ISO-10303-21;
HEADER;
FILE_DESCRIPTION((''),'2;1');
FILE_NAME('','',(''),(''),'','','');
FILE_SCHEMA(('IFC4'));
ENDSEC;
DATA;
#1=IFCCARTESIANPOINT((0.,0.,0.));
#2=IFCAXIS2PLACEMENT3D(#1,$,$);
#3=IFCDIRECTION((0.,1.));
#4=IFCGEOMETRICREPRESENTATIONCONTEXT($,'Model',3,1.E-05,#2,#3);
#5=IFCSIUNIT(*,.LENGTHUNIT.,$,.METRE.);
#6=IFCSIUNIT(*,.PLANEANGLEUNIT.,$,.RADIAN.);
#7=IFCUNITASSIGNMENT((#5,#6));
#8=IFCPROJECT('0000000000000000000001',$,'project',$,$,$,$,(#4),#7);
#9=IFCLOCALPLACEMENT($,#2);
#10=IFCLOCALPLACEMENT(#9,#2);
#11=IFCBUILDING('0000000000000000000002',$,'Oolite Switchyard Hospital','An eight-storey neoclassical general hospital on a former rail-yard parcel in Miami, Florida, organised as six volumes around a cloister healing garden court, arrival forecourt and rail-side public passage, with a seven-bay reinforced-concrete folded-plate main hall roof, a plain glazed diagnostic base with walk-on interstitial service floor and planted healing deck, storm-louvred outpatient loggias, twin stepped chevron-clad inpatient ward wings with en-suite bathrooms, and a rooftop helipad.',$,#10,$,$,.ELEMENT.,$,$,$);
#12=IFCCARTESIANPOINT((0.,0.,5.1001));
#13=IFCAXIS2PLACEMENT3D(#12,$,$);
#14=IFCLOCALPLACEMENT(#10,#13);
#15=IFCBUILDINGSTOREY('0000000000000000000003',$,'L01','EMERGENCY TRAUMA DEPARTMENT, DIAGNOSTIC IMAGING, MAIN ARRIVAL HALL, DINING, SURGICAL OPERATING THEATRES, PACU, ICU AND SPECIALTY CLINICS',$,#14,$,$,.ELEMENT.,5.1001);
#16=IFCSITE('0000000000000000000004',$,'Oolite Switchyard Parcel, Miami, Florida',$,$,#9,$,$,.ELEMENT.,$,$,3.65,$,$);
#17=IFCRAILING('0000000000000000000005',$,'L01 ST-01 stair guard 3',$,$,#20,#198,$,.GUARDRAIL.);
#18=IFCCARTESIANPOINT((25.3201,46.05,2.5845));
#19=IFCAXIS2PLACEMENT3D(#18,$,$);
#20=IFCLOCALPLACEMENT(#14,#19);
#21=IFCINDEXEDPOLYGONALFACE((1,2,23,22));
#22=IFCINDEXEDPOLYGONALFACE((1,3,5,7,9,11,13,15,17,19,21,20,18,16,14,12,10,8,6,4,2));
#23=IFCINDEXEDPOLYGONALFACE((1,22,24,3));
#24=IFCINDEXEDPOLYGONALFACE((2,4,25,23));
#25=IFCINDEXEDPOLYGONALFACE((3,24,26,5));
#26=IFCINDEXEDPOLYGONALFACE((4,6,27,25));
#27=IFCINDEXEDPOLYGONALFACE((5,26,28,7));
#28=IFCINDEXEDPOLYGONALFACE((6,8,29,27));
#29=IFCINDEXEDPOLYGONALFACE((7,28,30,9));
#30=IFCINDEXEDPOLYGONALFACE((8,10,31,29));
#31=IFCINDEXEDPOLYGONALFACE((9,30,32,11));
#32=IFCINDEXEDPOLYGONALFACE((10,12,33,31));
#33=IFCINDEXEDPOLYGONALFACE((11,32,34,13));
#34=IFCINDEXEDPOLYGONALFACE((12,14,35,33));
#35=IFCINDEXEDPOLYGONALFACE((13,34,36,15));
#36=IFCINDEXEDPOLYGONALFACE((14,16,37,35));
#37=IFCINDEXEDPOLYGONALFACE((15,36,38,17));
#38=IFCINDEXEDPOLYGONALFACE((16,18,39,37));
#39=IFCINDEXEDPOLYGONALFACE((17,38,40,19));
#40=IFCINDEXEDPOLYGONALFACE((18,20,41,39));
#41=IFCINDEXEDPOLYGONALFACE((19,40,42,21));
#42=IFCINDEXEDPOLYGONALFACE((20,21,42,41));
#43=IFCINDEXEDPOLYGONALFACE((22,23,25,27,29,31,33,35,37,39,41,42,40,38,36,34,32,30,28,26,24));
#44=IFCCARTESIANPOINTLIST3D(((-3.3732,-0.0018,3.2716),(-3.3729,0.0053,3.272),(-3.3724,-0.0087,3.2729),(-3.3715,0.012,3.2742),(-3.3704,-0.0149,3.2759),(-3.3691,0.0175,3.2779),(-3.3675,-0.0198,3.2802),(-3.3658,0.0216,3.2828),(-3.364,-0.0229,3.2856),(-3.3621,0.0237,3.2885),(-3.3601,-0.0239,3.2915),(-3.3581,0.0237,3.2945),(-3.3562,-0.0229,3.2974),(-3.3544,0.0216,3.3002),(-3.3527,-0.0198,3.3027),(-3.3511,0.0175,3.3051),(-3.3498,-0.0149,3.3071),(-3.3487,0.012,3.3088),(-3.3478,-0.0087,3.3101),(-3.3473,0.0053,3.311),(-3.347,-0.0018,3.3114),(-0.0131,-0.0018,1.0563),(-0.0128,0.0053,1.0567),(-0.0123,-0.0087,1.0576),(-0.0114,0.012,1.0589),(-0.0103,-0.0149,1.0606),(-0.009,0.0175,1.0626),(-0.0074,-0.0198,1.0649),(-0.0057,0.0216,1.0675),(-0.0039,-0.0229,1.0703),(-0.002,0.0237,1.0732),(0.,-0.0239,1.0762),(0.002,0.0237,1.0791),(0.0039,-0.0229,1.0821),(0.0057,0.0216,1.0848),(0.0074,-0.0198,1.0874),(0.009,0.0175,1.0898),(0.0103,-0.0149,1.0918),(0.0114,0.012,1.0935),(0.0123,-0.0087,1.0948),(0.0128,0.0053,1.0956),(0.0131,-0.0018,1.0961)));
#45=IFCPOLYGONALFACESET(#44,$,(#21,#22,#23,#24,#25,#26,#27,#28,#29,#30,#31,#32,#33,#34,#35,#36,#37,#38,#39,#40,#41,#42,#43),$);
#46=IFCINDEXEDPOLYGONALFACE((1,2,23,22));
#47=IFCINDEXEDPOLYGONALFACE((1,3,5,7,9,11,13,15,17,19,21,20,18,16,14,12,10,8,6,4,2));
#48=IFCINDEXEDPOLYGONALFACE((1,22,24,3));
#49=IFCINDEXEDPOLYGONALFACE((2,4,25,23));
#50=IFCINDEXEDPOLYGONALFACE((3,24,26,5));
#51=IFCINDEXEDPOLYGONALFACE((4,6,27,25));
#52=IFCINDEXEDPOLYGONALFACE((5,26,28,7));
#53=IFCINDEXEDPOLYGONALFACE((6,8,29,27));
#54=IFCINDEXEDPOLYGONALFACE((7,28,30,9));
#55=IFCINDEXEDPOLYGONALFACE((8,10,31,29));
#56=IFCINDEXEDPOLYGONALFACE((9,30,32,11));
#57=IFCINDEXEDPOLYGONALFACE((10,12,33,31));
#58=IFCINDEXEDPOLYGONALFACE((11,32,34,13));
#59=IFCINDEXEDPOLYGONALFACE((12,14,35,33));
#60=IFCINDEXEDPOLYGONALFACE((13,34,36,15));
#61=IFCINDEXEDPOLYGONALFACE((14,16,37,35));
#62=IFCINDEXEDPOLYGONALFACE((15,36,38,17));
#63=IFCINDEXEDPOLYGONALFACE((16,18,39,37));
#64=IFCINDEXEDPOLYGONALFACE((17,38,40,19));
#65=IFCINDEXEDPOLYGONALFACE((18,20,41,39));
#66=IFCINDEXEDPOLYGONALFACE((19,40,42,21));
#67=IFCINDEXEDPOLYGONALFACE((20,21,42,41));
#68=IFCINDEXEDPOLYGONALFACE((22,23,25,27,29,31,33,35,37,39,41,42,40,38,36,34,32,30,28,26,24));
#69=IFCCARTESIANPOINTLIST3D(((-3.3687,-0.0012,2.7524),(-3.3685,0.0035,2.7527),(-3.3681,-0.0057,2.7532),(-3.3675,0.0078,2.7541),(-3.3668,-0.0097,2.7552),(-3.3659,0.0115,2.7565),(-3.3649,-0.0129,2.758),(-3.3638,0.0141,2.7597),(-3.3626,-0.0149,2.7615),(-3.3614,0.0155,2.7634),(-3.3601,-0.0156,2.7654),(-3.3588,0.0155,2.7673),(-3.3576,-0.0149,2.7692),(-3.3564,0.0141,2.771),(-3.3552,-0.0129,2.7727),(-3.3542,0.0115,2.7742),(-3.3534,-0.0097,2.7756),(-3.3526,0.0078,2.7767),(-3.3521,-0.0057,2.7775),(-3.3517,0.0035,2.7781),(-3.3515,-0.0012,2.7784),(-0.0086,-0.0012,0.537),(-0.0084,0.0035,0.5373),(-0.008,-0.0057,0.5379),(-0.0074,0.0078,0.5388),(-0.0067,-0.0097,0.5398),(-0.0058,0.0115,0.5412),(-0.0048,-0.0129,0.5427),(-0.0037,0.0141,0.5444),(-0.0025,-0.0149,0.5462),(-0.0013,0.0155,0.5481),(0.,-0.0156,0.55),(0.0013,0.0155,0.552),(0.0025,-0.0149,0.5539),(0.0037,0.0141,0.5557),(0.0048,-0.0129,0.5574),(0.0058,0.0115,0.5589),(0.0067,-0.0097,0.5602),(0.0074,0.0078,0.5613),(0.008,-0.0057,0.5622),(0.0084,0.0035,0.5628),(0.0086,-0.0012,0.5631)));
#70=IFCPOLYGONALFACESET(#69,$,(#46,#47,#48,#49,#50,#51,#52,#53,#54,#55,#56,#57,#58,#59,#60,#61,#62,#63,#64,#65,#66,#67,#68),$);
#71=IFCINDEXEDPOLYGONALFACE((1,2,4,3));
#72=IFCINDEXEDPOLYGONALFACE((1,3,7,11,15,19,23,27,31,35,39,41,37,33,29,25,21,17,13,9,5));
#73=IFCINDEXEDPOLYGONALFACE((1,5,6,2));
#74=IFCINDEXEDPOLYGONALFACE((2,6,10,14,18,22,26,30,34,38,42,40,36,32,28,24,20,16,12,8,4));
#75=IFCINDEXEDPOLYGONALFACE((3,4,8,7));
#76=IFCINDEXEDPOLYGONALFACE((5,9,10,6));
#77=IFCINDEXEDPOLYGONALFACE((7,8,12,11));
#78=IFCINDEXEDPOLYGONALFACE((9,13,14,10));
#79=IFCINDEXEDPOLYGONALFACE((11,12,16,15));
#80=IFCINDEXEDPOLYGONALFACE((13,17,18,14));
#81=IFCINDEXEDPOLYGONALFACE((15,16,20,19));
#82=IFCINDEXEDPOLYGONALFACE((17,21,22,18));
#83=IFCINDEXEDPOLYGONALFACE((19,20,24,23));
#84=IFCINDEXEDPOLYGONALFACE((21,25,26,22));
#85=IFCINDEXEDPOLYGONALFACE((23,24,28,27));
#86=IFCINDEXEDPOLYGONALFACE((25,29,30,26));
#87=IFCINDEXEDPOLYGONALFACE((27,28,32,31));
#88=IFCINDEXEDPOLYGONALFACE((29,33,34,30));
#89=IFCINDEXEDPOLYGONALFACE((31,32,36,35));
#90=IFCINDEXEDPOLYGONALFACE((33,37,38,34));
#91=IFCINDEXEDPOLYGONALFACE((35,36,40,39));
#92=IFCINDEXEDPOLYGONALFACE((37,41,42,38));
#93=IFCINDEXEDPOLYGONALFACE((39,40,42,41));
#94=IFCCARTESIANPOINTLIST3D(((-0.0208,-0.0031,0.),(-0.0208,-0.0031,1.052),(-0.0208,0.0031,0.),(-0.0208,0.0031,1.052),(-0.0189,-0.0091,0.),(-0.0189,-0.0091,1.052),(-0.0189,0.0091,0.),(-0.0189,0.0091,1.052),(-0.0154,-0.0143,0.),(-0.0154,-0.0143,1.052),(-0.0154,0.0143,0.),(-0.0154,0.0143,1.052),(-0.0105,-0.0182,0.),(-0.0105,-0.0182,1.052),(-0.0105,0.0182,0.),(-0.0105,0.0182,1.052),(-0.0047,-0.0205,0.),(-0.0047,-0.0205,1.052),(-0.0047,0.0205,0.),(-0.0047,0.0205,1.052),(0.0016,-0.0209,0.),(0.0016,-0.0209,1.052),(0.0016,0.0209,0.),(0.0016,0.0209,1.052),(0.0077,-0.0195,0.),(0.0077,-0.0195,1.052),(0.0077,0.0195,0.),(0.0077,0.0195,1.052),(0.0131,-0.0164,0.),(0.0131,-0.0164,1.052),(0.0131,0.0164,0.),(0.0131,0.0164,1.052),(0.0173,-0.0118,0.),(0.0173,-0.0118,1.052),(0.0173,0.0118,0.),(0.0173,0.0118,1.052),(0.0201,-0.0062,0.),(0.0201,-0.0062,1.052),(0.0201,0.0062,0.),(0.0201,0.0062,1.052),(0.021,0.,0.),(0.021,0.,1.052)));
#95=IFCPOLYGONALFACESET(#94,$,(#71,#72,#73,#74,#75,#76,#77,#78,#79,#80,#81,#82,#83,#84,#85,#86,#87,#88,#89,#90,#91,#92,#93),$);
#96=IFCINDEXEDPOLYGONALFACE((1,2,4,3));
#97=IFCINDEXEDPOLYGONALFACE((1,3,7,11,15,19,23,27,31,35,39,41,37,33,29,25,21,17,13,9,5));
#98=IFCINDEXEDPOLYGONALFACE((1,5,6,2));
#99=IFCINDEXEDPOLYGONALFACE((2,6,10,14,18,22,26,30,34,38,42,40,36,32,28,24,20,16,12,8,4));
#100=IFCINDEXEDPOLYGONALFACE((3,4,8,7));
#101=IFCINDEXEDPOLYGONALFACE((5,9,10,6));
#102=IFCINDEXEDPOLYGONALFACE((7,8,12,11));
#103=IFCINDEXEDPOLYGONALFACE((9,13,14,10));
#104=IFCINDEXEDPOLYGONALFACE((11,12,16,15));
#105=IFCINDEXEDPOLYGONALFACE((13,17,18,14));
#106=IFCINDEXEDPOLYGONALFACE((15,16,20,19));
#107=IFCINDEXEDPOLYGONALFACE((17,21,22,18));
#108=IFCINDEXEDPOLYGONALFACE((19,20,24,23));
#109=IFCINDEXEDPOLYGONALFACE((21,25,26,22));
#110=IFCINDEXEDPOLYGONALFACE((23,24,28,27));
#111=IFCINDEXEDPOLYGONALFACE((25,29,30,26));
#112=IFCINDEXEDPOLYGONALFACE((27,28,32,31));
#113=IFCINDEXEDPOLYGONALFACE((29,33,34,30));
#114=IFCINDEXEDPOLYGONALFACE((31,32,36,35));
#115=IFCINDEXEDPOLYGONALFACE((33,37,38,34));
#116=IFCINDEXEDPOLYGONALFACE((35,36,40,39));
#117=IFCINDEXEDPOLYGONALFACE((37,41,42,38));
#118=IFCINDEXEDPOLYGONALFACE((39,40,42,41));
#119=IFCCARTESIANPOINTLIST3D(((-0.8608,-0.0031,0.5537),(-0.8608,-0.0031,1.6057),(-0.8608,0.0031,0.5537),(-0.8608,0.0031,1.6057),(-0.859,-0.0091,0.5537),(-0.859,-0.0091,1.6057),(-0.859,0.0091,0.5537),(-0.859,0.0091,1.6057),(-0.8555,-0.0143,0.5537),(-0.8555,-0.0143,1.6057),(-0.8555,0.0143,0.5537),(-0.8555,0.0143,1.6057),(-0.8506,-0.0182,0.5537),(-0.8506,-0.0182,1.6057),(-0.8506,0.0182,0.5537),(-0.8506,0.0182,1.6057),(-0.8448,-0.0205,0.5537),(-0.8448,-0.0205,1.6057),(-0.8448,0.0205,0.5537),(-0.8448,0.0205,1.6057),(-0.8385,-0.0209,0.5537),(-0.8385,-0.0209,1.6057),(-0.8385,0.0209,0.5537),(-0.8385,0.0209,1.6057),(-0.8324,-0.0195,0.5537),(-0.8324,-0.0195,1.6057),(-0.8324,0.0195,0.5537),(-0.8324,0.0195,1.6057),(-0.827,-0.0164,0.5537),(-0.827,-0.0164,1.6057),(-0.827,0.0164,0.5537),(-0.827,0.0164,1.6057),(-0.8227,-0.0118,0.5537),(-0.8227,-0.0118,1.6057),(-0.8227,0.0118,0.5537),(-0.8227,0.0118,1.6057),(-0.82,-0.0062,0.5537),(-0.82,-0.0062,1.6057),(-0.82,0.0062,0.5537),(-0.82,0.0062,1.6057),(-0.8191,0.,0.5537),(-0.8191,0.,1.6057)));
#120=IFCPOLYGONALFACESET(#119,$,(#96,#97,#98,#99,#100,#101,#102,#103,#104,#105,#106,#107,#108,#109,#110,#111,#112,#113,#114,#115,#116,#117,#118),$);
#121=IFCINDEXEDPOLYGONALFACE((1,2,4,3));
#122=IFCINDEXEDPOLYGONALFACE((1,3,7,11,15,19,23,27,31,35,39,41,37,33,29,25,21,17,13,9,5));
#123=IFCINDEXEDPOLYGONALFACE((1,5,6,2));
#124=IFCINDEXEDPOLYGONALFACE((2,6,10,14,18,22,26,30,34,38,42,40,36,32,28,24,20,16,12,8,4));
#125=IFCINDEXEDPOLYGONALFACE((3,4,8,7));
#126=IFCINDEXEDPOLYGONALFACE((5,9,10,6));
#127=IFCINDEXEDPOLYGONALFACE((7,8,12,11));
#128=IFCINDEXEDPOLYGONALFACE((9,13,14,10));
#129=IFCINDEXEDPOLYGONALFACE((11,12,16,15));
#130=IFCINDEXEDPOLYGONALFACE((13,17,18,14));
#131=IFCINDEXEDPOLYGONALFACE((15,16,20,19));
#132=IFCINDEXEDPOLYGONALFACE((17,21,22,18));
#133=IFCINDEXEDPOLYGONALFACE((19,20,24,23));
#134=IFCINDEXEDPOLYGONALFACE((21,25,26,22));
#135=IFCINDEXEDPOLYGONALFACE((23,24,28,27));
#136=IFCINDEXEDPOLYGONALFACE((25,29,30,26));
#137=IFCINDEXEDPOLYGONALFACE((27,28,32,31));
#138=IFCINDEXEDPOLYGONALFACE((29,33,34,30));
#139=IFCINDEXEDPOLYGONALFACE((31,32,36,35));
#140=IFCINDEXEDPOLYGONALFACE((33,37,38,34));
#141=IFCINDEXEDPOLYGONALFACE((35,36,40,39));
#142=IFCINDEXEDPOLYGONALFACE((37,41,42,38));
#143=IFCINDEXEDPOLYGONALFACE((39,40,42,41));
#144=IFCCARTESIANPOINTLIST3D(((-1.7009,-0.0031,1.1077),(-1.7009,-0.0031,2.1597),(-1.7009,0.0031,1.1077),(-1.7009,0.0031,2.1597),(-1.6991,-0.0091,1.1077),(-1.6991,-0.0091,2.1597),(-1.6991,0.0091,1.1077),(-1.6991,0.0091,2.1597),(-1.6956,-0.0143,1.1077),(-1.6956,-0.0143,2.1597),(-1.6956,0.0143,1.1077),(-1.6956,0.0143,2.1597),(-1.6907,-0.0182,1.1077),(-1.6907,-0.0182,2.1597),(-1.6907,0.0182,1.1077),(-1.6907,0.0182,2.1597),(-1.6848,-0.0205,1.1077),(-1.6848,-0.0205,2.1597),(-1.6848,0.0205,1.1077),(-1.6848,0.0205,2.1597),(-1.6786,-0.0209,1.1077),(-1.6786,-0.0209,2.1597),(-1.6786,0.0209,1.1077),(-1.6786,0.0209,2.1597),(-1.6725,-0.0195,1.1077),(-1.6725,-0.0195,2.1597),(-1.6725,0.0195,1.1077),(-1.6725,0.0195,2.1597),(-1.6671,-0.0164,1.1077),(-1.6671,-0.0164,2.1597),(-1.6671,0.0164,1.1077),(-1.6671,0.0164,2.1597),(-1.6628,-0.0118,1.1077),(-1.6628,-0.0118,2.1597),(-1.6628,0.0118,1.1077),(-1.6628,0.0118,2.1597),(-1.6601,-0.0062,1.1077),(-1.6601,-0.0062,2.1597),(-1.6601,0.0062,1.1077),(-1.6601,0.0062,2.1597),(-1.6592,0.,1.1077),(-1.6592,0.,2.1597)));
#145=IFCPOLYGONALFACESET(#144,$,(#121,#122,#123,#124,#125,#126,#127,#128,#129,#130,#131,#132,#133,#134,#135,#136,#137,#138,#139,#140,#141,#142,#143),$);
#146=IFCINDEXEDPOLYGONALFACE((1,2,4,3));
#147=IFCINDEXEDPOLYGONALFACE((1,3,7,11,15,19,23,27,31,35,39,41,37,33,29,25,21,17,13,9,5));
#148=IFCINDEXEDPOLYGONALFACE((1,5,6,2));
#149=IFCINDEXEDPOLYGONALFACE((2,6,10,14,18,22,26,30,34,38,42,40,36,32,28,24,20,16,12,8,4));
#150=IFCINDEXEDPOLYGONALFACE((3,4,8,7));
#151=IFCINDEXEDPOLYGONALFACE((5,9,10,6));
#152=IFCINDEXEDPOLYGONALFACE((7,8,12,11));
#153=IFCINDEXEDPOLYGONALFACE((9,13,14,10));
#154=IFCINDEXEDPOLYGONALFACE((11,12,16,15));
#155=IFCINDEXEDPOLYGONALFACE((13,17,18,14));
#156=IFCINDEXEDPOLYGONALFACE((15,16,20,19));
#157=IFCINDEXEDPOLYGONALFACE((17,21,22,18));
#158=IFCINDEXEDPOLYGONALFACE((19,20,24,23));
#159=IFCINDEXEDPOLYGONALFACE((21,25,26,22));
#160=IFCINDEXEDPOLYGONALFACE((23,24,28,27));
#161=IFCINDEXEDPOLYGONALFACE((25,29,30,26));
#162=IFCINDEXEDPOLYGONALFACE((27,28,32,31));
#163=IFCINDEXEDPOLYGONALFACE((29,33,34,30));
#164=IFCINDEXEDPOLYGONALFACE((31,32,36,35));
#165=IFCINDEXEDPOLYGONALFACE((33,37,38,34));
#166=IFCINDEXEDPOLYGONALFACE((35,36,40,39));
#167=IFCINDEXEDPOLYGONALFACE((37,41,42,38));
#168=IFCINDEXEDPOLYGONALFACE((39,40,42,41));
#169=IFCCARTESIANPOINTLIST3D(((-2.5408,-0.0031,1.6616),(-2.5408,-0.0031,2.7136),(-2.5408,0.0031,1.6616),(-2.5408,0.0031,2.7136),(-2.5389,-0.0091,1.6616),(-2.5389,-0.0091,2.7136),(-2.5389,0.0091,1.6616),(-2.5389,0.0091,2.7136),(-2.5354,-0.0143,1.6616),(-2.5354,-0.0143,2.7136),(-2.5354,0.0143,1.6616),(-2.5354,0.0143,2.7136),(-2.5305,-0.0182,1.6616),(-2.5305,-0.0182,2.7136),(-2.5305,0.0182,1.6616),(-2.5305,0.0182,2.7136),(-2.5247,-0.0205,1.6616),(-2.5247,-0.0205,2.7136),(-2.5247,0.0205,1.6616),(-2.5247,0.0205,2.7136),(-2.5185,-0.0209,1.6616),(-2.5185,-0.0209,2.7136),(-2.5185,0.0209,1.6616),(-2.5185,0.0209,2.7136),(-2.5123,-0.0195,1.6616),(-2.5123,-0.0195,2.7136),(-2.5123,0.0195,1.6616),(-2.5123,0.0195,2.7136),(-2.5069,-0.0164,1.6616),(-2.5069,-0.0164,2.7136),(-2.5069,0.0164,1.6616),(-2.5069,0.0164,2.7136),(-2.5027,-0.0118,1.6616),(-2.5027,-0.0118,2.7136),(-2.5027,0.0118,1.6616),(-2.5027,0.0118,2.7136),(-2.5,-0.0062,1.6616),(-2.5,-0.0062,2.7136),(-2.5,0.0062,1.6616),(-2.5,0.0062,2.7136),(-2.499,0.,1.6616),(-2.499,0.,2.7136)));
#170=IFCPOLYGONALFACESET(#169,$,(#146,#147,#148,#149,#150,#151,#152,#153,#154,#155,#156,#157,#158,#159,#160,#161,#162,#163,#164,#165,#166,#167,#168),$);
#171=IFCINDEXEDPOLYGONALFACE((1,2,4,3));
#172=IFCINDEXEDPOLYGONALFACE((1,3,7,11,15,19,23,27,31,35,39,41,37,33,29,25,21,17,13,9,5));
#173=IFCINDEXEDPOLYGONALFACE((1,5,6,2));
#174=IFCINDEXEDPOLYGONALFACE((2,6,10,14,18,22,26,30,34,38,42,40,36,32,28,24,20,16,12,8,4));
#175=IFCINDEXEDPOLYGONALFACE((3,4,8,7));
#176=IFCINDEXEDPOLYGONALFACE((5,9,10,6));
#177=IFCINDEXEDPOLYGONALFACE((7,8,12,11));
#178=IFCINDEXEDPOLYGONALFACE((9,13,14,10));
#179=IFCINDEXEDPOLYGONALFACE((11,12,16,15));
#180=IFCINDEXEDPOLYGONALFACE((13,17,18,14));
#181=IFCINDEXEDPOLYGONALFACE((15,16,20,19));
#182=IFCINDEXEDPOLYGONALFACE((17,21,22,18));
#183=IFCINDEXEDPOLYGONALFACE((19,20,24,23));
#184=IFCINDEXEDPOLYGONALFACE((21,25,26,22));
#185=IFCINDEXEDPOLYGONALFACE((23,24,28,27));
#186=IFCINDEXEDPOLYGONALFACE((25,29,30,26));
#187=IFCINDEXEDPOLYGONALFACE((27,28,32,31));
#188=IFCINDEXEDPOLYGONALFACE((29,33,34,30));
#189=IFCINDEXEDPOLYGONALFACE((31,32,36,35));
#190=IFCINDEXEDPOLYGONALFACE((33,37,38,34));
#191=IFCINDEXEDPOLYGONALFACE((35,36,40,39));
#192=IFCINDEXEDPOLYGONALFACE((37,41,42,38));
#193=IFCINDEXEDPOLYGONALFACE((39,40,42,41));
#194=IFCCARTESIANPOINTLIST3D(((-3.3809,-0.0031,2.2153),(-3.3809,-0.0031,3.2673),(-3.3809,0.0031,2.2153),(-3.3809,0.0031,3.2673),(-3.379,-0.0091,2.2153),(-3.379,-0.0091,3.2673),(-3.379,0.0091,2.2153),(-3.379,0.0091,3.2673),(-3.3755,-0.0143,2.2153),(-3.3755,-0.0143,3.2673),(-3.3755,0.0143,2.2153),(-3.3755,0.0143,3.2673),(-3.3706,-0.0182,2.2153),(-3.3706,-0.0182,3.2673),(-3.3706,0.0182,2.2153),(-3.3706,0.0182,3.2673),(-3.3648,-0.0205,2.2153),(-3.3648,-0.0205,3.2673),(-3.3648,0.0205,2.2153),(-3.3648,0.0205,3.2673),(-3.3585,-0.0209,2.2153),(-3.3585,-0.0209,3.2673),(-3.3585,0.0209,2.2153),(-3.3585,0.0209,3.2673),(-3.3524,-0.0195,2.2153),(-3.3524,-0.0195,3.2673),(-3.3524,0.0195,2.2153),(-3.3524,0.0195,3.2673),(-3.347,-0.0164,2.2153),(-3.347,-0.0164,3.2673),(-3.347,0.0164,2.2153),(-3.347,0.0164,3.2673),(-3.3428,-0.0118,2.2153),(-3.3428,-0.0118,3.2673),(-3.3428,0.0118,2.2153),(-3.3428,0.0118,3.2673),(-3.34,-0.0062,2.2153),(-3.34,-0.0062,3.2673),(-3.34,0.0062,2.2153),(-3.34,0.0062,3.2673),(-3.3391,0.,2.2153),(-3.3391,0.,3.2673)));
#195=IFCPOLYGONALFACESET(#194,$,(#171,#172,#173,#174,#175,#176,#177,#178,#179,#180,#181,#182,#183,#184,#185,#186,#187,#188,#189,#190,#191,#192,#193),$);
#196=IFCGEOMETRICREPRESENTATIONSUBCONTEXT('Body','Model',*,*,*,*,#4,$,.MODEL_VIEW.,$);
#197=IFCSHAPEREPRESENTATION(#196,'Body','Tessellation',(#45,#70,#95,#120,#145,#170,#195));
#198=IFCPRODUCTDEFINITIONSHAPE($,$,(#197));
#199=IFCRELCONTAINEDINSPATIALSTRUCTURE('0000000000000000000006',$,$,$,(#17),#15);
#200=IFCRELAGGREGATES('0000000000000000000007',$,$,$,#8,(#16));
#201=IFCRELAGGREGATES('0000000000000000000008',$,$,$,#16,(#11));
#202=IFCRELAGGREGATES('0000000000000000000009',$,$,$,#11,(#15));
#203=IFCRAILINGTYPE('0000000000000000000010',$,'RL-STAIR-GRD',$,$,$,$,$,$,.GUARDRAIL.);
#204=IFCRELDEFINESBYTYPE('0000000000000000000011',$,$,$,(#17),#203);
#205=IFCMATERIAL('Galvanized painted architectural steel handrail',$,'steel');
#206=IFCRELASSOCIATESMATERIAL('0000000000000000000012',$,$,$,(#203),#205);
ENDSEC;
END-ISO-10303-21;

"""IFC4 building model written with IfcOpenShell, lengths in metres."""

from ifc_helpers import new_model, si_unit, direction, frame, origin, origin_2d, place, context, subcontext, project, spatial, circle, extrude, material, type_object, element, save


model = new_model("IFC4")

# Units and contexts
model_context = context("Model", 3, precision=1e-05, world=origin(), true_north=direction((0.0, 1.0)))
body_context = subcontext(model_context, "Body", "Model", "MODEL_VIEW")
ifc_project = project(units=[si_unit("LENGTHUNIT", "METRE"), si_unit("PLANEANGLEUNIT", "RADIAN")], contexts=[model_context])

# Site, building, storey
site_placement = place(None, origin())
site = spatial("IfcSite", under=ifc_project, at=site_placement, Name="Oolite Switchyard Parcel, Miami, Florida", CompositionType="ELEMENT", RefElevation=3.65)
building_placement = place(site_placement, origin())
building = spatial("IfcBuilding", under=site, at=building_placement, Name="Oolite Switchyard Hospital", Description="An eight-storey neoclassical general hospital on a former rail-yard parcel in Miami, Florida, organised as six volumes around a cloister healing garden court, arrival forecourt and rail-side public passage, with a seven-bay reinforced-concrete folded-plate main hall roof, a plain glazed diagnostic base with walk-on interstitial service floor and planted healing deck, storm-louvred outpatient loggias, twin stepped chevron-clad inpatient ward wings with en-suite bathrooms, and a rooftop helipad.", CompositionType="ELEMENT")
storey_placement = place(building_placement, frame((0.0, 0.0, 5.1001)))
storey = spatial("IfcBuildingStorey", under=building, at=storey_placement, Name="L01", Description="EMERGENCY TRAUMA DEPARTMENT, DIAGNOSTIC IMAGING, MAIN ARRIVAL HALL, DINING, SURGICAL OPERATING THEATRES, PACU, ICU AND SPECIALTY CLINICS", CompositionType="ELEMENT", Elevation=5.1001)

# Railing
ifc_material_1 = material(Name="Galvanized painted architectural steel handrail", Category="steel")
railing_type_1 = type_object("IfcRailingType", Name="RL-STAIR-GRD", PredefinedType="GUARDRAIL", material=ifc_material_1)
railing_1_placement = place(storey_placement, frame((25.3201, 46.05, 2.5845)))
element("IfcRailing", 1, at=railing_1_placement, inside=storey, type_object=railing_type_1, Name="L01 ST-01 stair guard 3", PredefinedType="GUARDRAIL", context=body_context, shape_type="SweptSolid", body=[
    extrude(circle(Radius=0.0239, at=origin_2d()), frame((0.0, 0.0, 1.0762), z_axis=(-0.834876, 0.0, 0.550437), x_axis=(0.0, -1.0, 0.0)), (0.0, 0.0, 1.0), 4.0247),
    extrude(circle(Radius=0.0156, at=origin_2d()), frame((0.0, 0.0, 0.55), z_axis=(-0.834876, 0.0, 0.550437), x_axis=(0.0, -1.0, 0.0)), (0.0, 0.0, 1.0), 4.0247),
    extrude(circle(Radius=0.021, at=origin_2d()), origin(), (0.0, 0.0, 1.0), 1.052),
    extrude(circle(Radius=0.021, at=origin_2d()), frame((-0.8401, 0.0, 0.5537)), (0.0, 0.0, 1.0), 1.052),
    extrude(circle(Radius=0.021, at=origin_2d()), frame((-1.6802, 0.0, 1.1077)), (0.0, 0.0, 1.0), 1.052),
    extrude(circle(Radius=0.021, at=origin_2d()), frame((-2.52, 0.0, 1.6616)), (0.0, 0.0, 1.0), 1.052),
    extrude(circle(Radius=0.021, at=origin_2d()), frame((-3.3601, 0.0, 2.2153)), (0.0, 0.0, 1.0), 1.052),
])

save(model, "model.ifc")
